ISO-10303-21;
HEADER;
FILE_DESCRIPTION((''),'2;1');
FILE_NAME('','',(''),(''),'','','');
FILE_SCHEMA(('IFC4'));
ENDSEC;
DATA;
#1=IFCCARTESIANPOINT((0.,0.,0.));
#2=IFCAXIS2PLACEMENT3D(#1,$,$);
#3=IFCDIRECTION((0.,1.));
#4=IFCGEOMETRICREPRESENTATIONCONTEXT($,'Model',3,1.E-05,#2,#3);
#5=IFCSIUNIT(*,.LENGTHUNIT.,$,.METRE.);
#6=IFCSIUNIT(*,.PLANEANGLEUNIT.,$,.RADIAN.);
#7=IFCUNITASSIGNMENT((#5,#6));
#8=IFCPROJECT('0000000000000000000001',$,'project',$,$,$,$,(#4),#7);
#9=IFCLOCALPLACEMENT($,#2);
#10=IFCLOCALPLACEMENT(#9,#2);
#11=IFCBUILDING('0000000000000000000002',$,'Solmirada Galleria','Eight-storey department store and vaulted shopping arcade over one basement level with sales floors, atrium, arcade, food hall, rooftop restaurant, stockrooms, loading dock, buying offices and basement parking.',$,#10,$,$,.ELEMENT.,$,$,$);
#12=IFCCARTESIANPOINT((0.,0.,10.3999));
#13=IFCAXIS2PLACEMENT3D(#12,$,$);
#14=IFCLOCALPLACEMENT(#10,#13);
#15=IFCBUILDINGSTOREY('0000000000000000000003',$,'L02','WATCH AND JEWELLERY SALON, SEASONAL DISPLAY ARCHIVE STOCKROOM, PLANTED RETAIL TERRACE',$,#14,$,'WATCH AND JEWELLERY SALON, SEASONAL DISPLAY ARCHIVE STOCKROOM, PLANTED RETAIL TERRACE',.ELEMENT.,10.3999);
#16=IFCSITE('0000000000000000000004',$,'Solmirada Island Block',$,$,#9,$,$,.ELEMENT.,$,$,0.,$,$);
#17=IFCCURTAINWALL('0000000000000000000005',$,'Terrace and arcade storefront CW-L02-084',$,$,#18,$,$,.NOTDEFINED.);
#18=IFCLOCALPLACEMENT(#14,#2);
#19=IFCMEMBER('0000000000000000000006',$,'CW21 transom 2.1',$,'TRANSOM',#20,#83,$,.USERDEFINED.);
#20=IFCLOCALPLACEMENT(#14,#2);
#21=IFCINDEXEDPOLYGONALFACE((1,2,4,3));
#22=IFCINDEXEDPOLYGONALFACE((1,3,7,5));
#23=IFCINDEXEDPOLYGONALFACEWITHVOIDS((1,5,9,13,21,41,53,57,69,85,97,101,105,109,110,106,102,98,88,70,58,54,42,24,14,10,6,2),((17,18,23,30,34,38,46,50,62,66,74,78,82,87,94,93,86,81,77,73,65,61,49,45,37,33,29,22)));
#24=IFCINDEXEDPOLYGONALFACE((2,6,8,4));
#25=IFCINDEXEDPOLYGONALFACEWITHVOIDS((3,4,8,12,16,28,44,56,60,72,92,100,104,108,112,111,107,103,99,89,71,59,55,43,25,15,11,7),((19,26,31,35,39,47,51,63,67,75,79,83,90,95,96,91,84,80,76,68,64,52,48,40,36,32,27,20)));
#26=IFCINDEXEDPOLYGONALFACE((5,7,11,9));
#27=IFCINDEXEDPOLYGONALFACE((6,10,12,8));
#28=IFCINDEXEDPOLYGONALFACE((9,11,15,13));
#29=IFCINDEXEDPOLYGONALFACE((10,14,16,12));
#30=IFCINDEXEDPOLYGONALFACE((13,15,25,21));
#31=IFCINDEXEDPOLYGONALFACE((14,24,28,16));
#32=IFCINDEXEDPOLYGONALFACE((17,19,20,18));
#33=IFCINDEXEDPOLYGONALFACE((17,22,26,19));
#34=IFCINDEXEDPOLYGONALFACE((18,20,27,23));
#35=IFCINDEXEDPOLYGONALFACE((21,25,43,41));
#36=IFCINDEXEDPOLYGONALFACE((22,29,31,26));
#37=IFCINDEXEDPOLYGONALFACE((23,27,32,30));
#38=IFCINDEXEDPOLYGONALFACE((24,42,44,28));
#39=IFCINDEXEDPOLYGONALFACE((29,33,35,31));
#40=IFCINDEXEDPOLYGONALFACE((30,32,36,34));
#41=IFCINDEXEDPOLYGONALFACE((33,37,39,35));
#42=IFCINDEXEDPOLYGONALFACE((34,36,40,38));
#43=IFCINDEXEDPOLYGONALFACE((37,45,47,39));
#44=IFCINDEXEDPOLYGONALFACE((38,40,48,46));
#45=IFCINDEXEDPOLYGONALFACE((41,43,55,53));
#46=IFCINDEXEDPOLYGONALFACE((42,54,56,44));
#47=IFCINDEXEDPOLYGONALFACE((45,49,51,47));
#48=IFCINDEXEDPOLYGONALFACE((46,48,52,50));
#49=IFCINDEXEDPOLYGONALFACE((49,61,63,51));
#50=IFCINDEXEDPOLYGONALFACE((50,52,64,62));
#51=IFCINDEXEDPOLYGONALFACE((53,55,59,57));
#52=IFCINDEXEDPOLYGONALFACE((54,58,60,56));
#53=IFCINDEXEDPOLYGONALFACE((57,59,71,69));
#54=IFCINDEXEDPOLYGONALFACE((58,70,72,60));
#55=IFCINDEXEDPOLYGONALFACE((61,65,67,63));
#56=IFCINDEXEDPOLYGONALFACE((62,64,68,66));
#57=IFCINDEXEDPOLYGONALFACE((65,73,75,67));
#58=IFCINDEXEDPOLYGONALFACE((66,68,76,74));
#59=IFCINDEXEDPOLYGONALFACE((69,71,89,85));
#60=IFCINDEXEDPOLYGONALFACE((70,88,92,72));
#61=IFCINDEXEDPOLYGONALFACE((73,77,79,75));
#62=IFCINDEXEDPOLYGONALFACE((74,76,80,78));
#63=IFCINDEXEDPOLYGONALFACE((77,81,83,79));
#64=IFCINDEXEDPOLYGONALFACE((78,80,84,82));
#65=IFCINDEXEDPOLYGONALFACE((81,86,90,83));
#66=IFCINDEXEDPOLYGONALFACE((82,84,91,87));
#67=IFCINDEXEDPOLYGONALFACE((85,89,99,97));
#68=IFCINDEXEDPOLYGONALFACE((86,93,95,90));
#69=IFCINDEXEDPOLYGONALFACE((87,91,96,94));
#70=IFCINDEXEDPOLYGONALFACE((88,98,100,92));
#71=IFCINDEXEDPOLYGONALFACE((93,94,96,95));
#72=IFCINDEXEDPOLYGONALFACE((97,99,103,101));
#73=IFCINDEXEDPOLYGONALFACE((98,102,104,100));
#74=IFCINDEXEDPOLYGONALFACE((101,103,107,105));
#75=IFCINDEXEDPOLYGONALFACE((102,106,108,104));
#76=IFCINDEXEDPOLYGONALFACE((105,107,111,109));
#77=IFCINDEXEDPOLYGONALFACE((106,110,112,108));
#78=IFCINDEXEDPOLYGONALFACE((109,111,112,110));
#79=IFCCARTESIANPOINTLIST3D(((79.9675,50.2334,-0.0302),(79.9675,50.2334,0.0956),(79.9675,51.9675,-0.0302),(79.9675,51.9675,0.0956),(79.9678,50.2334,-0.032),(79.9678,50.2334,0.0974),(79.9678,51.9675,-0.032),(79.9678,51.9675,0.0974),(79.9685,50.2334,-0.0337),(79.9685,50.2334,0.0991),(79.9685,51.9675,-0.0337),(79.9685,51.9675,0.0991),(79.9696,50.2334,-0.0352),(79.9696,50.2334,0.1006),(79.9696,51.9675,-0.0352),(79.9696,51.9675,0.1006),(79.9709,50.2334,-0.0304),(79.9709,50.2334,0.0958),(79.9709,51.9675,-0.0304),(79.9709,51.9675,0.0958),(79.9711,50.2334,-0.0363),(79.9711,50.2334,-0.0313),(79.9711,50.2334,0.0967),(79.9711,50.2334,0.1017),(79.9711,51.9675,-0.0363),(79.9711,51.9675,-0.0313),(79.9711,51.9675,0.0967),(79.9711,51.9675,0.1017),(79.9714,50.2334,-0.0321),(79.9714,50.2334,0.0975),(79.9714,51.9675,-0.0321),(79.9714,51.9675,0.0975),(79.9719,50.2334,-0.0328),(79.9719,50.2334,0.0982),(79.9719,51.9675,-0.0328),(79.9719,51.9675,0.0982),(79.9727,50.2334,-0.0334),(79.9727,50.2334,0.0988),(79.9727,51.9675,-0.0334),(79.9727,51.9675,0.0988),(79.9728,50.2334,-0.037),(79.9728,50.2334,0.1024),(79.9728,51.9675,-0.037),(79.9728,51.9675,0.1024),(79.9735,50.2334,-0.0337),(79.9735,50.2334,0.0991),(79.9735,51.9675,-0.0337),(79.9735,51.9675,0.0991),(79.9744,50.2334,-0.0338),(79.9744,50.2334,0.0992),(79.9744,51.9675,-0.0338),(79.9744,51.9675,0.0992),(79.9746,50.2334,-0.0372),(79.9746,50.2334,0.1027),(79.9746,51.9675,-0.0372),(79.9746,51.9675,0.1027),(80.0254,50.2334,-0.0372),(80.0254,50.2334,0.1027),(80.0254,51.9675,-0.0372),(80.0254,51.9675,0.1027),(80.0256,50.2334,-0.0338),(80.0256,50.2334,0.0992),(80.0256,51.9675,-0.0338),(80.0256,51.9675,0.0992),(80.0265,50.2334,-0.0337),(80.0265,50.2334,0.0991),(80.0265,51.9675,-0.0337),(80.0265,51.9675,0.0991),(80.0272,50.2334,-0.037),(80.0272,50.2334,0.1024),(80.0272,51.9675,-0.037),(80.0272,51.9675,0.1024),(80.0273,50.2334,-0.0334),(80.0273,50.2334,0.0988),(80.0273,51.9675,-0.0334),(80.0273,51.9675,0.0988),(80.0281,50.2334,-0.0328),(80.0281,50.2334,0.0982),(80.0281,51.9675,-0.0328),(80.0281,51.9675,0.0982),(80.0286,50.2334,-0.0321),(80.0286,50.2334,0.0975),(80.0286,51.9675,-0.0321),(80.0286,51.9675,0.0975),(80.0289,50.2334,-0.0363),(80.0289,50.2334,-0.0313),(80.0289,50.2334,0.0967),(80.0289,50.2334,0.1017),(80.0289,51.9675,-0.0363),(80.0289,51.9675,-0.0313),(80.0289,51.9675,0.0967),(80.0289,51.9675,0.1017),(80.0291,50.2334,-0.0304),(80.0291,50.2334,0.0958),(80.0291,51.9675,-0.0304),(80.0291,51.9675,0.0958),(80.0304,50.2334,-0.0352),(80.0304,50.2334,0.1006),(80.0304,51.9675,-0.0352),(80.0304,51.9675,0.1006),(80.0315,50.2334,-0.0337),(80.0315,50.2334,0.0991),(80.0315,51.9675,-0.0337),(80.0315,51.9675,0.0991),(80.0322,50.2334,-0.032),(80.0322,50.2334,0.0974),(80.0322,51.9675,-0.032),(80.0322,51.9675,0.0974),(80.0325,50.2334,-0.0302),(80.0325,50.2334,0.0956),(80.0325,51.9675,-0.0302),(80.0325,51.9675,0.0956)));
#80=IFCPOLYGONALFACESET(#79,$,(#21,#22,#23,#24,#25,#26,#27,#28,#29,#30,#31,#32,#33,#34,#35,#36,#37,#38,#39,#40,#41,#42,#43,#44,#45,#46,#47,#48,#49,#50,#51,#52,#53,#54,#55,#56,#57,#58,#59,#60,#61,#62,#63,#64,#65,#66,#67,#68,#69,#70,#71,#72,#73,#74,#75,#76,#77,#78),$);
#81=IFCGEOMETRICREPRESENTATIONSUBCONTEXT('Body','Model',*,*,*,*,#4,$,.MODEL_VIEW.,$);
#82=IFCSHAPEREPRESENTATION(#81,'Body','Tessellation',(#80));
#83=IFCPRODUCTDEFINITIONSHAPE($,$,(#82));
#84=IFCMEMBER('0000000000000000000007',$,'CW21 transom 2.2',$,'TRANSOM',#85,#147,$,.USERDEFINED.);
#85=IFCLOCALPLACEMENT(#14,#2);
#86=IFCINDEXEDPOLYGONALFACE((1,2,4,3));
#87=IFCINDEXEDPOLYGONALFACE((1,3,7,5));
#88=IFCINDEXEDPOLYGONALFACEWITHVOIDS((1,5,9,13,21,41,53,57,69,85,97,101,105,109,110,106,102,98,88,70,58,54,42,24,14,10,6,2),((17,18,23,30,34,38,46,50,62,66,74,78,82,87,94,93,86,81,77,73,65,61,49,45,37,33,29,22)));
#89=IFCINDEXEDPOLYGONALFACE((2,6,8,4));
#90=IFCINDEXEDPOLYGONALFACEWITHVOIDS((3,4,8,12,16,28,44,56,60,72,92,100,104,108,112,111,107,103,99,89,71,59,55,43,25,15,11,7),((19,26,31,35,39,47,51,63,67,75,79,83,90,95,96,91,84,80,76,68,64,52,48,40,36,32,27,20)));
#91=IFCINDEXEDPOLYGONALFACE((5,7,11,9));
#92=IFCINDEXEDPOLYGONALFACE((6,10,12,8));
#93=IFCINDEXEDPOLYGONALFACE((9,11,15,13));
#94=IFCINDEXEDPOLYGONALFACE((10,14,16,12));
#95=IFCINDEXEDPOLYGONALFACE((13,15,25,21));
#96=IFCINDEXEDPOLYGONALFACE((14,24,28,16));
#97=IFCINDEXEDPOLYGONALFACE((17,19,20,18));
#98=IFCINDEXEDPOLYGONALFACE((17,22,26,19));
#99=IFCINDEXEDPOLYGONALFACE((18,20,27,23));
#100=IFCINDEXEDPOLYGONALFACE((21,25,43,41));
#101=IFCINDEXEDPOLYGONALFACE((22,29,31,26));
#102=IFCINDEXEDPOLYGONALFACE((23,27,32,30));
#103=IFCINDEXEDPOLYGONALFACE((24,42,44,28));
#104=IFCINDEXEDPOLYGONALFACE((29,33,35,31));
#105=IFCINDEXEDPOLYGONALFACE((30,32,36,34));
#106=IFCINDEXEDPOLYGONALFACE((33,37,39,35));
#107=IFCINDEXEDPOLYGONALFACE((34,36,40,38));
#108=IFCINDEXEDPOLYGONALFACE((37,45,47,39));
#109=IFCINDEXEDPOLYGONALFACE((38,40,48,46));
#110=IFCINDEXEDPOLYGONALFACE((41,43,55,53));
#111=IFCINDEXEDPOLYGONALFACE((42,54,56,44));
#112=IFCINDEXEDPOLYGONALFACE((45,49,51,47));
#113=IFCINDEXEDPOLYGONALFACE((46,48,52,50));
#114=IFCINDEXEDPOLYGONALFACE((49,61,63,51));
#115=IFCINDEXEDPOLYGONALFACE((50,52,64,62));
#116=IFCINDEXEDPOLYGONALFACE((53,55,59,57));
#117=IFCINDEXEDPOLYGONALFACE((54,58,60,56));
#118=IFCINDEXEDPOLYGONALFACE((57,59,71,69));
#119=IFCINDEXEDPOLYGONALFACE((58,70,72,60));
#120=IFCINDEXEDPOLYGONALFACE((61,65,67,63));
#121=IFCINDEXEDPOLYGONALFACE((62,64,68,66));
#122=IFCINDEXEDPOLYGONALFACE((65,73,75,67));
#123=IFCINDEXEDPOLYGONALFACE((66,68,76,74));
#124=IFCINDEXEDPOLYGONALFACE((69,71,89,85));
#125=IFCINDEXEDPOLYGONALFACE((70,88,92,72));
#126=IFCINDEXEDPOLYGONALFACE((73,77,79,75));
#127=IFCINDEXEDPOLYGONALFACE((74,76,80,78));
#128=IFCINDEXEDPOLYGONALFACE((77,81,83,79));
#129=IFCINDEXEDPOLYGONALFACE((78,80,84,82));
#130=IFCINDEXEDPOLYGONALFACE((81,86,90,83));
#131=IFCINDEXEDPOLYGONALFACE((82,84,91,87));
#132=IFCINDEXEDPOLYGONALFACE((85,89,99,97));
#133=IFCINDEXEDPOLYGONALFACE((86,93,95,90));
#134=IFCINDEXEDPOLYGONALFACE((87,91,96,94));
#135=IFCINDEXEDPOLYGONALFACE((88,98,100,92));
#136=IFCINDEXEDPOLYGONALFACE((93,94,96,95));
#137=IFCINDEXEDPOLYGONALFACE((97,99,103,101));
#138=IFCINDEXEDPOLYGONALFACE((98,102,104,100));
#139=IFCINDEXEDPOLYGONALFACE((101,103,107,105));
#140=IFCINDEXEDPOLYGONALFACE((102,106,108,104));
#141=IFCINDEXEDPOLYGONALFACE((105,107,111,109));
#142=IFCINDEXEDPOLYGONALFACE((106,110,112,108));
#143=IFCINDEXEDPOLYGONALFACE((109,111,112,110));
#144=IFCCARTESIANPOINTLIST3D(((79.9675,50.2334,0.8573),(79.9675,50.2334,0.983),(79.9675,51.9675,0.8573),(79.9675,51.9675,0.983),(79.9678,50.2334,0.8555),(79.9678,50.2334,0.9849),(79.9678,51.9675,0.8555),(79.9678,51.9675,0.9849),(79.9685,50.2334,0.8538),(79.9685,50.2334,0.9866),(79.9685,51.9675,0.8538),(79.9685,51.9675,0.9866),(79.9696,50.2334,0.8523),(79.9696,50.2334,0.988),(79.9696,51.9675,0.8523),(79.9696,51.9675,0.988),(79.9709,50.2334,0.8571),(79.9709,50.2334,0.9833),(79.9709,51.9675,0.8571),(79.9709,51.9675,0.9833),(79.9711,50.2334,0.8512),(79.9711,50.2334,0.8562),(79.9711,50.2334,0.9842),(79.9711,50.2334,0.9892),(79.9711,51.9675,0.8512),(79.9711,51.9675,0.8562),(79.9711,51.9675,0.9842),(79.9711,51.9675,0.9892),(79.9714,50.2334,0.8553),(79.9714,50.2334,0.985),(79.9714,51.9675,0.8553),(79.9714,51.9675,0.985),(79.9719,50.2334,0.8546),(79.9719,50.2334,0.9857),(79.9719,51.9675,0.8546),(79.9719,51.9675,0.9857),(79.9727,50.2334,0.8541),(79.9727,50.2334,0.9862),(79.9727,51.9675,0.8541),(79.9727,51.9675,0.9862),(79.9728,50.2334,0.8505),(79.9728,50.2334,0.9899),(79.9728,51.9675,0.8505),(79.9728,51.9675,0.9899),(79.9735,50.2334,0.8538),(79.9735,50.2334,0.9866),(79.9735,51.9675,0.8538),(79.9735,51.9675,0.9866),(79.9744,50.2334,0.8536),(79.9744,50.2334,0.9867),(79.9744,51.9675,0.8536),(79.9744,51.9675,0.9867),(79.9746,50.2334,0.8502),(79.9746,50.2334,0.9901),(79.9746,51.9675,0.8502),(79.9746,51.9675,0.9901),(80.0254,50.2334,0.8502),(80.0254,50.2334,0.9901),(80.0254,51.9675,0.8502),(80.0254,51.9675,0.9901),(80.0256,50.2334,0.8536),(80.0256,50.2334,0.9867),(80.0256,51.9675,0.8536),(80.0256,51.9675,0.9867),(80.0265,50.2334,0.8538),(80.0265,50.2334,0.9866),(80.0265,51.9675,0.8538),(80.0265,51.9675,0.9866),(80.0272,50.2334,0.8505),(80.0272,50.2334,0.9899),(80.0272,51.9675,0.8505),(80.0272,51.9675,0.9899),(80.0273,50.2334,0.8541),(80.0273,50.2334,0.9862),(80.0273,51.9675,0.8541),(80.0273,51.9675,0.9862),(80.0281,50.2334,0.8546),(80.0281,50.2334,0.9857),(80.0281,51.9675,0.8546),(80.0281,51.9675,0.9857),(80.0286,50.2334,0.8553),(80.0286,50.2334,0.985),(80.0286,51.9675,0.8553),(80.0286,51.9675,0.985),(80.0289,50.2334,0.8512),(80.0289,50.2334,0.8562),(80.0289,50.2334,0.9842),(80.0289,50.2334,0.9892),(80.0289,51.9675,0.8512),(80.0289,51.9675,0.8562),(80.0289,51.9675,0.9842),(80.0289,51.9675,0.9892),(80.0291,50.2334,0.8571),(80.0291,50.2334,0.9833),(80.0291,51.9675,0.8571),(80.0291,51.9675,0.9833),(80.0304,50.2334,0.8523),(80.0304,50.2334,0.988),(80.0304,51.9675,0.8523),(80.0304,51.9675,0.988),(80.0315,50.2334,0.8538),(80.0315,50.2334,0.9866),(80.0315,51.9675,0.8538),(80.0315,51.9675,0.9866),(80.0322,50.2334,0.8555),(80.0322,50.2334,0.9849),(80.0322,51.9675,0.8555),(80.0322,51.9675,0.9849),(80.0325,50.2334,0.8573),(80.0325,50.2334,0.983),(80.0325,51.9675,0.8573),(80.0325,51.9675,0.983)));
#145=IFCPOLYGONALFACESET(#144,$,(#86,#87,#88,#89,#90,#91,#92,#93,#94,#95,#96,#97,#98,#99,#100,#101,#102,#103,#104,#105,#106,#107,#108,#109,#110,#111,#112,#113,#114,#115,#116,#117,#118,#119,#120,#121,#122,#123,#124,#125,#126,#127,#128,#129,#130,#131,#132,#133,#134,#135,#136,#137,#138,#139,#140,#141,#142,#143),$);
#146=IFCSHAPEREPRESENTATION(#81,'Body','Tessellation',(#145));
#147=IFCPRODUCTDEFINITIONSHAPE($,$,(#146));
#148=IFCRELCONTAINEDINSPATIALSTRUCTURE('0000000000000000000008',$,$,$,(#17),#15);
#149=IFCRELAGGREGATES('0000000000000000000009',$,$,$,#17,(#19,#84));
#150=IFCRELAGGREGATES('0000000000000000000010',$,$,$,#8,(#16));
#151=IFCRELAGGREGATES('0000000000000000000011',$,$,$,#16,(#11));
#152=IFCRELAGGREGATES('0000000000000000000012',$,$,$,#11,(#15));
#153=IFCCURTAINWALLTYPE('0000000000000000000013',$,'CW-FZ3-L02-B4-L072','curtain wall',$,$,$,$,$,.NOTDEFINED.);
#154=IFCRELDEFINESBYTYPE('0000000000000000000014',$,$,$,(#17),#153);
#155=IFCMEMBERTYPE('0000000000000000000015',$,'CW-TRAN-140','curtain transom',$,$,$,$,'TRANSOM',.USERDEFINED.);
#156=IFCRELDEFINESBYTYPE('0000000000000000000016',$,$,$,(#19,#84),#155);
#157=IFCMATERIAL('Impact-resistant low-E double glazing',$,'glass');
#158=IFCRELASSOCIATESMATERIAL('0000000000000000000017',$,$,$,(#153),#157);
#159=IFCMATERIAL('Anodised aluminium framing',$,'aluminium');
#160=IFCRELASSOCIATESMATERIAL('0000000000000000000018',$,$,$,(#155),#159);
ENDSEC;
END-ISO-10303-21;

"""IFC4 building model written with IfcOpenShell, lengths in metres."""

from ifc_helpers import new_model, si_unit, direction, frame, origin, origin_2d, place, context, subcontext, project, spatial, hollow_rectangle, extrude, material, material_profile, profile_set, type_object, element, aggregate, save


model = new_model("IFC4")

# Units and contexts
model_context = context("Model", 3, precision=1e-05, world=origin(), true_north=direction((0.0, 1.0)))
body_context = subcontext(model_context, "Body", "Model", "MODEL_VIEW")
ifc_project = project(units=[si_unit("LENGTHUNIT", "METRE"), si_unit("PLANEANGLEUNIT", "RADIAN")], contexts=[model_context])

# Site, building, storey
site_placement = place(None, origin())
site = spatial("IfcSite", under=ifc_project, at=site_placement, Name="Solmirada Island Block", CompositionType="ELEMENT", RefElevation=0.0)
building_placement = place(site_placement, origin())
building = spatial("IfcBuilding", under=site, at=building_placement, Name="Solmirada Galleria", Description="Eight-storey department store and vaulted shopping arcade over one basement level with sales floors, atrium, arcade, food hall, rooftop restaurant, stockrooms, loading dock, buying offices and basement parking.", CompositionType="ELEMENT")
storey_placement = place(building_placement, frame((0.0, 0.0, 10.3999)))
storey = spatial("IfcBuildingStorey", under=building, at=storey_placement, Name="L02", Description="WATCH AND JEWELLERY SALON, SEASONAL DISPLAY ARCHIVE STOCKROOM, PLANTED RETAIL TERRACE", LongName="WATCH AND JEWELLERY SALON, SEASONAL DISPLAY ARCHIVE STOCKROOM, PLANTED RETAIL TERRACE", CompositionType="ELEMENT", Elevation=10.3999)

# Curtain wall, members
ifc_material_1 = material(Name="Impact-resistant low-E double glazing", Category="glass")
curtain_wall_type = type_object("IfcCurtainWallType", Name="CW-FZ3-L02-B4-L072", Description="curtain wall", PredefinedType="NOTDEFINED", material=ifc_material_1)
curtain_wall_placement = place(storey_placement, origin())
curtain_wall = element("IfcCurtainWall", 1, at=curtain_wall_placement, inside=storey, type_object=curtain_wall_type, Name="Terrace and arcade storefront CW-L02-084", PredefinedType="NOTDEFINED")
ifc_material_2 = material(Name="Anodised aluminium framing", Category="aluminium")
ifc_material_profile_1 = material_profile(ifc_material_2, hollow_rectangle(XDim=0.0649, YDim=0.1399, WallThickness=0.0034, InnerFilletRadius=0.0034, OuterFilletRadius=0.0071, at=origin_2d()), Name="ALU-TRAN-140X65")
ifc_profile_set_1 = profile_set([ifc_material_profile_1], Name="Anodised aluminium framing")
member_type_1 = type_object("IfcMemberType", Name="CW-TRAN-140", Description="curtain transom", ElementType="TRANSOM", PredefinedType="USERDEFINED", material=ifc_profile_set_1)
member_1_placement = place(storey_placement, frame((80.0, 50.2334, 0.0327), z_axis=(0.0, 1.0, 0.0), x_axis=(-1.0, 0.0, 0.0)))
member_1 = element("IfcMember", 2, at=member_1_placement, type_object=member_type_1, Name="CW21 transom 2.1", ObjectType="TRANSOM", PredefinedType="USERDEFINED", context=body_context, shape_type="SweptSolid", body=[
    extrude(hollow_rectangle(XDim=0.0649, YDim=0.1399, WallThickness=0.0034, InnerFilletRadius=0.0034, OuterFilletRadius=0.0071, at=origin_2d()), origin(), (0.0, 0.0, 1.0), 1.7341),
])
member_2_placement = place(storey_placement, frame((80.0, 50.2334, 0.9202), z_axis=(0.0, 1.0, 0.0), x_axis=(-1.0, 0.0, 0.0)))
member_2 = element("IfcMember", 3, at=member_2_placement, type_object=member_type_1, Name="CW21 transom 2.2", ObjectType="TRANSOM", PredefinedType="USERDEFINED", context=body_context, shape_type="SweptSolid", body=[
    extrude(hollow_rectangle(XDim=0.0649, YDim=0.1399, WallThickness=0.0034, InnerFilletRadius=0.0034, OuterFilletRadius=0.0071, at=origin_2d()), origin(), (0.0, 0.0, 1.0), 1.7341),
])
aggregate(curtain_wall, [member_1, member_2])

save(model, "model.ifc")
